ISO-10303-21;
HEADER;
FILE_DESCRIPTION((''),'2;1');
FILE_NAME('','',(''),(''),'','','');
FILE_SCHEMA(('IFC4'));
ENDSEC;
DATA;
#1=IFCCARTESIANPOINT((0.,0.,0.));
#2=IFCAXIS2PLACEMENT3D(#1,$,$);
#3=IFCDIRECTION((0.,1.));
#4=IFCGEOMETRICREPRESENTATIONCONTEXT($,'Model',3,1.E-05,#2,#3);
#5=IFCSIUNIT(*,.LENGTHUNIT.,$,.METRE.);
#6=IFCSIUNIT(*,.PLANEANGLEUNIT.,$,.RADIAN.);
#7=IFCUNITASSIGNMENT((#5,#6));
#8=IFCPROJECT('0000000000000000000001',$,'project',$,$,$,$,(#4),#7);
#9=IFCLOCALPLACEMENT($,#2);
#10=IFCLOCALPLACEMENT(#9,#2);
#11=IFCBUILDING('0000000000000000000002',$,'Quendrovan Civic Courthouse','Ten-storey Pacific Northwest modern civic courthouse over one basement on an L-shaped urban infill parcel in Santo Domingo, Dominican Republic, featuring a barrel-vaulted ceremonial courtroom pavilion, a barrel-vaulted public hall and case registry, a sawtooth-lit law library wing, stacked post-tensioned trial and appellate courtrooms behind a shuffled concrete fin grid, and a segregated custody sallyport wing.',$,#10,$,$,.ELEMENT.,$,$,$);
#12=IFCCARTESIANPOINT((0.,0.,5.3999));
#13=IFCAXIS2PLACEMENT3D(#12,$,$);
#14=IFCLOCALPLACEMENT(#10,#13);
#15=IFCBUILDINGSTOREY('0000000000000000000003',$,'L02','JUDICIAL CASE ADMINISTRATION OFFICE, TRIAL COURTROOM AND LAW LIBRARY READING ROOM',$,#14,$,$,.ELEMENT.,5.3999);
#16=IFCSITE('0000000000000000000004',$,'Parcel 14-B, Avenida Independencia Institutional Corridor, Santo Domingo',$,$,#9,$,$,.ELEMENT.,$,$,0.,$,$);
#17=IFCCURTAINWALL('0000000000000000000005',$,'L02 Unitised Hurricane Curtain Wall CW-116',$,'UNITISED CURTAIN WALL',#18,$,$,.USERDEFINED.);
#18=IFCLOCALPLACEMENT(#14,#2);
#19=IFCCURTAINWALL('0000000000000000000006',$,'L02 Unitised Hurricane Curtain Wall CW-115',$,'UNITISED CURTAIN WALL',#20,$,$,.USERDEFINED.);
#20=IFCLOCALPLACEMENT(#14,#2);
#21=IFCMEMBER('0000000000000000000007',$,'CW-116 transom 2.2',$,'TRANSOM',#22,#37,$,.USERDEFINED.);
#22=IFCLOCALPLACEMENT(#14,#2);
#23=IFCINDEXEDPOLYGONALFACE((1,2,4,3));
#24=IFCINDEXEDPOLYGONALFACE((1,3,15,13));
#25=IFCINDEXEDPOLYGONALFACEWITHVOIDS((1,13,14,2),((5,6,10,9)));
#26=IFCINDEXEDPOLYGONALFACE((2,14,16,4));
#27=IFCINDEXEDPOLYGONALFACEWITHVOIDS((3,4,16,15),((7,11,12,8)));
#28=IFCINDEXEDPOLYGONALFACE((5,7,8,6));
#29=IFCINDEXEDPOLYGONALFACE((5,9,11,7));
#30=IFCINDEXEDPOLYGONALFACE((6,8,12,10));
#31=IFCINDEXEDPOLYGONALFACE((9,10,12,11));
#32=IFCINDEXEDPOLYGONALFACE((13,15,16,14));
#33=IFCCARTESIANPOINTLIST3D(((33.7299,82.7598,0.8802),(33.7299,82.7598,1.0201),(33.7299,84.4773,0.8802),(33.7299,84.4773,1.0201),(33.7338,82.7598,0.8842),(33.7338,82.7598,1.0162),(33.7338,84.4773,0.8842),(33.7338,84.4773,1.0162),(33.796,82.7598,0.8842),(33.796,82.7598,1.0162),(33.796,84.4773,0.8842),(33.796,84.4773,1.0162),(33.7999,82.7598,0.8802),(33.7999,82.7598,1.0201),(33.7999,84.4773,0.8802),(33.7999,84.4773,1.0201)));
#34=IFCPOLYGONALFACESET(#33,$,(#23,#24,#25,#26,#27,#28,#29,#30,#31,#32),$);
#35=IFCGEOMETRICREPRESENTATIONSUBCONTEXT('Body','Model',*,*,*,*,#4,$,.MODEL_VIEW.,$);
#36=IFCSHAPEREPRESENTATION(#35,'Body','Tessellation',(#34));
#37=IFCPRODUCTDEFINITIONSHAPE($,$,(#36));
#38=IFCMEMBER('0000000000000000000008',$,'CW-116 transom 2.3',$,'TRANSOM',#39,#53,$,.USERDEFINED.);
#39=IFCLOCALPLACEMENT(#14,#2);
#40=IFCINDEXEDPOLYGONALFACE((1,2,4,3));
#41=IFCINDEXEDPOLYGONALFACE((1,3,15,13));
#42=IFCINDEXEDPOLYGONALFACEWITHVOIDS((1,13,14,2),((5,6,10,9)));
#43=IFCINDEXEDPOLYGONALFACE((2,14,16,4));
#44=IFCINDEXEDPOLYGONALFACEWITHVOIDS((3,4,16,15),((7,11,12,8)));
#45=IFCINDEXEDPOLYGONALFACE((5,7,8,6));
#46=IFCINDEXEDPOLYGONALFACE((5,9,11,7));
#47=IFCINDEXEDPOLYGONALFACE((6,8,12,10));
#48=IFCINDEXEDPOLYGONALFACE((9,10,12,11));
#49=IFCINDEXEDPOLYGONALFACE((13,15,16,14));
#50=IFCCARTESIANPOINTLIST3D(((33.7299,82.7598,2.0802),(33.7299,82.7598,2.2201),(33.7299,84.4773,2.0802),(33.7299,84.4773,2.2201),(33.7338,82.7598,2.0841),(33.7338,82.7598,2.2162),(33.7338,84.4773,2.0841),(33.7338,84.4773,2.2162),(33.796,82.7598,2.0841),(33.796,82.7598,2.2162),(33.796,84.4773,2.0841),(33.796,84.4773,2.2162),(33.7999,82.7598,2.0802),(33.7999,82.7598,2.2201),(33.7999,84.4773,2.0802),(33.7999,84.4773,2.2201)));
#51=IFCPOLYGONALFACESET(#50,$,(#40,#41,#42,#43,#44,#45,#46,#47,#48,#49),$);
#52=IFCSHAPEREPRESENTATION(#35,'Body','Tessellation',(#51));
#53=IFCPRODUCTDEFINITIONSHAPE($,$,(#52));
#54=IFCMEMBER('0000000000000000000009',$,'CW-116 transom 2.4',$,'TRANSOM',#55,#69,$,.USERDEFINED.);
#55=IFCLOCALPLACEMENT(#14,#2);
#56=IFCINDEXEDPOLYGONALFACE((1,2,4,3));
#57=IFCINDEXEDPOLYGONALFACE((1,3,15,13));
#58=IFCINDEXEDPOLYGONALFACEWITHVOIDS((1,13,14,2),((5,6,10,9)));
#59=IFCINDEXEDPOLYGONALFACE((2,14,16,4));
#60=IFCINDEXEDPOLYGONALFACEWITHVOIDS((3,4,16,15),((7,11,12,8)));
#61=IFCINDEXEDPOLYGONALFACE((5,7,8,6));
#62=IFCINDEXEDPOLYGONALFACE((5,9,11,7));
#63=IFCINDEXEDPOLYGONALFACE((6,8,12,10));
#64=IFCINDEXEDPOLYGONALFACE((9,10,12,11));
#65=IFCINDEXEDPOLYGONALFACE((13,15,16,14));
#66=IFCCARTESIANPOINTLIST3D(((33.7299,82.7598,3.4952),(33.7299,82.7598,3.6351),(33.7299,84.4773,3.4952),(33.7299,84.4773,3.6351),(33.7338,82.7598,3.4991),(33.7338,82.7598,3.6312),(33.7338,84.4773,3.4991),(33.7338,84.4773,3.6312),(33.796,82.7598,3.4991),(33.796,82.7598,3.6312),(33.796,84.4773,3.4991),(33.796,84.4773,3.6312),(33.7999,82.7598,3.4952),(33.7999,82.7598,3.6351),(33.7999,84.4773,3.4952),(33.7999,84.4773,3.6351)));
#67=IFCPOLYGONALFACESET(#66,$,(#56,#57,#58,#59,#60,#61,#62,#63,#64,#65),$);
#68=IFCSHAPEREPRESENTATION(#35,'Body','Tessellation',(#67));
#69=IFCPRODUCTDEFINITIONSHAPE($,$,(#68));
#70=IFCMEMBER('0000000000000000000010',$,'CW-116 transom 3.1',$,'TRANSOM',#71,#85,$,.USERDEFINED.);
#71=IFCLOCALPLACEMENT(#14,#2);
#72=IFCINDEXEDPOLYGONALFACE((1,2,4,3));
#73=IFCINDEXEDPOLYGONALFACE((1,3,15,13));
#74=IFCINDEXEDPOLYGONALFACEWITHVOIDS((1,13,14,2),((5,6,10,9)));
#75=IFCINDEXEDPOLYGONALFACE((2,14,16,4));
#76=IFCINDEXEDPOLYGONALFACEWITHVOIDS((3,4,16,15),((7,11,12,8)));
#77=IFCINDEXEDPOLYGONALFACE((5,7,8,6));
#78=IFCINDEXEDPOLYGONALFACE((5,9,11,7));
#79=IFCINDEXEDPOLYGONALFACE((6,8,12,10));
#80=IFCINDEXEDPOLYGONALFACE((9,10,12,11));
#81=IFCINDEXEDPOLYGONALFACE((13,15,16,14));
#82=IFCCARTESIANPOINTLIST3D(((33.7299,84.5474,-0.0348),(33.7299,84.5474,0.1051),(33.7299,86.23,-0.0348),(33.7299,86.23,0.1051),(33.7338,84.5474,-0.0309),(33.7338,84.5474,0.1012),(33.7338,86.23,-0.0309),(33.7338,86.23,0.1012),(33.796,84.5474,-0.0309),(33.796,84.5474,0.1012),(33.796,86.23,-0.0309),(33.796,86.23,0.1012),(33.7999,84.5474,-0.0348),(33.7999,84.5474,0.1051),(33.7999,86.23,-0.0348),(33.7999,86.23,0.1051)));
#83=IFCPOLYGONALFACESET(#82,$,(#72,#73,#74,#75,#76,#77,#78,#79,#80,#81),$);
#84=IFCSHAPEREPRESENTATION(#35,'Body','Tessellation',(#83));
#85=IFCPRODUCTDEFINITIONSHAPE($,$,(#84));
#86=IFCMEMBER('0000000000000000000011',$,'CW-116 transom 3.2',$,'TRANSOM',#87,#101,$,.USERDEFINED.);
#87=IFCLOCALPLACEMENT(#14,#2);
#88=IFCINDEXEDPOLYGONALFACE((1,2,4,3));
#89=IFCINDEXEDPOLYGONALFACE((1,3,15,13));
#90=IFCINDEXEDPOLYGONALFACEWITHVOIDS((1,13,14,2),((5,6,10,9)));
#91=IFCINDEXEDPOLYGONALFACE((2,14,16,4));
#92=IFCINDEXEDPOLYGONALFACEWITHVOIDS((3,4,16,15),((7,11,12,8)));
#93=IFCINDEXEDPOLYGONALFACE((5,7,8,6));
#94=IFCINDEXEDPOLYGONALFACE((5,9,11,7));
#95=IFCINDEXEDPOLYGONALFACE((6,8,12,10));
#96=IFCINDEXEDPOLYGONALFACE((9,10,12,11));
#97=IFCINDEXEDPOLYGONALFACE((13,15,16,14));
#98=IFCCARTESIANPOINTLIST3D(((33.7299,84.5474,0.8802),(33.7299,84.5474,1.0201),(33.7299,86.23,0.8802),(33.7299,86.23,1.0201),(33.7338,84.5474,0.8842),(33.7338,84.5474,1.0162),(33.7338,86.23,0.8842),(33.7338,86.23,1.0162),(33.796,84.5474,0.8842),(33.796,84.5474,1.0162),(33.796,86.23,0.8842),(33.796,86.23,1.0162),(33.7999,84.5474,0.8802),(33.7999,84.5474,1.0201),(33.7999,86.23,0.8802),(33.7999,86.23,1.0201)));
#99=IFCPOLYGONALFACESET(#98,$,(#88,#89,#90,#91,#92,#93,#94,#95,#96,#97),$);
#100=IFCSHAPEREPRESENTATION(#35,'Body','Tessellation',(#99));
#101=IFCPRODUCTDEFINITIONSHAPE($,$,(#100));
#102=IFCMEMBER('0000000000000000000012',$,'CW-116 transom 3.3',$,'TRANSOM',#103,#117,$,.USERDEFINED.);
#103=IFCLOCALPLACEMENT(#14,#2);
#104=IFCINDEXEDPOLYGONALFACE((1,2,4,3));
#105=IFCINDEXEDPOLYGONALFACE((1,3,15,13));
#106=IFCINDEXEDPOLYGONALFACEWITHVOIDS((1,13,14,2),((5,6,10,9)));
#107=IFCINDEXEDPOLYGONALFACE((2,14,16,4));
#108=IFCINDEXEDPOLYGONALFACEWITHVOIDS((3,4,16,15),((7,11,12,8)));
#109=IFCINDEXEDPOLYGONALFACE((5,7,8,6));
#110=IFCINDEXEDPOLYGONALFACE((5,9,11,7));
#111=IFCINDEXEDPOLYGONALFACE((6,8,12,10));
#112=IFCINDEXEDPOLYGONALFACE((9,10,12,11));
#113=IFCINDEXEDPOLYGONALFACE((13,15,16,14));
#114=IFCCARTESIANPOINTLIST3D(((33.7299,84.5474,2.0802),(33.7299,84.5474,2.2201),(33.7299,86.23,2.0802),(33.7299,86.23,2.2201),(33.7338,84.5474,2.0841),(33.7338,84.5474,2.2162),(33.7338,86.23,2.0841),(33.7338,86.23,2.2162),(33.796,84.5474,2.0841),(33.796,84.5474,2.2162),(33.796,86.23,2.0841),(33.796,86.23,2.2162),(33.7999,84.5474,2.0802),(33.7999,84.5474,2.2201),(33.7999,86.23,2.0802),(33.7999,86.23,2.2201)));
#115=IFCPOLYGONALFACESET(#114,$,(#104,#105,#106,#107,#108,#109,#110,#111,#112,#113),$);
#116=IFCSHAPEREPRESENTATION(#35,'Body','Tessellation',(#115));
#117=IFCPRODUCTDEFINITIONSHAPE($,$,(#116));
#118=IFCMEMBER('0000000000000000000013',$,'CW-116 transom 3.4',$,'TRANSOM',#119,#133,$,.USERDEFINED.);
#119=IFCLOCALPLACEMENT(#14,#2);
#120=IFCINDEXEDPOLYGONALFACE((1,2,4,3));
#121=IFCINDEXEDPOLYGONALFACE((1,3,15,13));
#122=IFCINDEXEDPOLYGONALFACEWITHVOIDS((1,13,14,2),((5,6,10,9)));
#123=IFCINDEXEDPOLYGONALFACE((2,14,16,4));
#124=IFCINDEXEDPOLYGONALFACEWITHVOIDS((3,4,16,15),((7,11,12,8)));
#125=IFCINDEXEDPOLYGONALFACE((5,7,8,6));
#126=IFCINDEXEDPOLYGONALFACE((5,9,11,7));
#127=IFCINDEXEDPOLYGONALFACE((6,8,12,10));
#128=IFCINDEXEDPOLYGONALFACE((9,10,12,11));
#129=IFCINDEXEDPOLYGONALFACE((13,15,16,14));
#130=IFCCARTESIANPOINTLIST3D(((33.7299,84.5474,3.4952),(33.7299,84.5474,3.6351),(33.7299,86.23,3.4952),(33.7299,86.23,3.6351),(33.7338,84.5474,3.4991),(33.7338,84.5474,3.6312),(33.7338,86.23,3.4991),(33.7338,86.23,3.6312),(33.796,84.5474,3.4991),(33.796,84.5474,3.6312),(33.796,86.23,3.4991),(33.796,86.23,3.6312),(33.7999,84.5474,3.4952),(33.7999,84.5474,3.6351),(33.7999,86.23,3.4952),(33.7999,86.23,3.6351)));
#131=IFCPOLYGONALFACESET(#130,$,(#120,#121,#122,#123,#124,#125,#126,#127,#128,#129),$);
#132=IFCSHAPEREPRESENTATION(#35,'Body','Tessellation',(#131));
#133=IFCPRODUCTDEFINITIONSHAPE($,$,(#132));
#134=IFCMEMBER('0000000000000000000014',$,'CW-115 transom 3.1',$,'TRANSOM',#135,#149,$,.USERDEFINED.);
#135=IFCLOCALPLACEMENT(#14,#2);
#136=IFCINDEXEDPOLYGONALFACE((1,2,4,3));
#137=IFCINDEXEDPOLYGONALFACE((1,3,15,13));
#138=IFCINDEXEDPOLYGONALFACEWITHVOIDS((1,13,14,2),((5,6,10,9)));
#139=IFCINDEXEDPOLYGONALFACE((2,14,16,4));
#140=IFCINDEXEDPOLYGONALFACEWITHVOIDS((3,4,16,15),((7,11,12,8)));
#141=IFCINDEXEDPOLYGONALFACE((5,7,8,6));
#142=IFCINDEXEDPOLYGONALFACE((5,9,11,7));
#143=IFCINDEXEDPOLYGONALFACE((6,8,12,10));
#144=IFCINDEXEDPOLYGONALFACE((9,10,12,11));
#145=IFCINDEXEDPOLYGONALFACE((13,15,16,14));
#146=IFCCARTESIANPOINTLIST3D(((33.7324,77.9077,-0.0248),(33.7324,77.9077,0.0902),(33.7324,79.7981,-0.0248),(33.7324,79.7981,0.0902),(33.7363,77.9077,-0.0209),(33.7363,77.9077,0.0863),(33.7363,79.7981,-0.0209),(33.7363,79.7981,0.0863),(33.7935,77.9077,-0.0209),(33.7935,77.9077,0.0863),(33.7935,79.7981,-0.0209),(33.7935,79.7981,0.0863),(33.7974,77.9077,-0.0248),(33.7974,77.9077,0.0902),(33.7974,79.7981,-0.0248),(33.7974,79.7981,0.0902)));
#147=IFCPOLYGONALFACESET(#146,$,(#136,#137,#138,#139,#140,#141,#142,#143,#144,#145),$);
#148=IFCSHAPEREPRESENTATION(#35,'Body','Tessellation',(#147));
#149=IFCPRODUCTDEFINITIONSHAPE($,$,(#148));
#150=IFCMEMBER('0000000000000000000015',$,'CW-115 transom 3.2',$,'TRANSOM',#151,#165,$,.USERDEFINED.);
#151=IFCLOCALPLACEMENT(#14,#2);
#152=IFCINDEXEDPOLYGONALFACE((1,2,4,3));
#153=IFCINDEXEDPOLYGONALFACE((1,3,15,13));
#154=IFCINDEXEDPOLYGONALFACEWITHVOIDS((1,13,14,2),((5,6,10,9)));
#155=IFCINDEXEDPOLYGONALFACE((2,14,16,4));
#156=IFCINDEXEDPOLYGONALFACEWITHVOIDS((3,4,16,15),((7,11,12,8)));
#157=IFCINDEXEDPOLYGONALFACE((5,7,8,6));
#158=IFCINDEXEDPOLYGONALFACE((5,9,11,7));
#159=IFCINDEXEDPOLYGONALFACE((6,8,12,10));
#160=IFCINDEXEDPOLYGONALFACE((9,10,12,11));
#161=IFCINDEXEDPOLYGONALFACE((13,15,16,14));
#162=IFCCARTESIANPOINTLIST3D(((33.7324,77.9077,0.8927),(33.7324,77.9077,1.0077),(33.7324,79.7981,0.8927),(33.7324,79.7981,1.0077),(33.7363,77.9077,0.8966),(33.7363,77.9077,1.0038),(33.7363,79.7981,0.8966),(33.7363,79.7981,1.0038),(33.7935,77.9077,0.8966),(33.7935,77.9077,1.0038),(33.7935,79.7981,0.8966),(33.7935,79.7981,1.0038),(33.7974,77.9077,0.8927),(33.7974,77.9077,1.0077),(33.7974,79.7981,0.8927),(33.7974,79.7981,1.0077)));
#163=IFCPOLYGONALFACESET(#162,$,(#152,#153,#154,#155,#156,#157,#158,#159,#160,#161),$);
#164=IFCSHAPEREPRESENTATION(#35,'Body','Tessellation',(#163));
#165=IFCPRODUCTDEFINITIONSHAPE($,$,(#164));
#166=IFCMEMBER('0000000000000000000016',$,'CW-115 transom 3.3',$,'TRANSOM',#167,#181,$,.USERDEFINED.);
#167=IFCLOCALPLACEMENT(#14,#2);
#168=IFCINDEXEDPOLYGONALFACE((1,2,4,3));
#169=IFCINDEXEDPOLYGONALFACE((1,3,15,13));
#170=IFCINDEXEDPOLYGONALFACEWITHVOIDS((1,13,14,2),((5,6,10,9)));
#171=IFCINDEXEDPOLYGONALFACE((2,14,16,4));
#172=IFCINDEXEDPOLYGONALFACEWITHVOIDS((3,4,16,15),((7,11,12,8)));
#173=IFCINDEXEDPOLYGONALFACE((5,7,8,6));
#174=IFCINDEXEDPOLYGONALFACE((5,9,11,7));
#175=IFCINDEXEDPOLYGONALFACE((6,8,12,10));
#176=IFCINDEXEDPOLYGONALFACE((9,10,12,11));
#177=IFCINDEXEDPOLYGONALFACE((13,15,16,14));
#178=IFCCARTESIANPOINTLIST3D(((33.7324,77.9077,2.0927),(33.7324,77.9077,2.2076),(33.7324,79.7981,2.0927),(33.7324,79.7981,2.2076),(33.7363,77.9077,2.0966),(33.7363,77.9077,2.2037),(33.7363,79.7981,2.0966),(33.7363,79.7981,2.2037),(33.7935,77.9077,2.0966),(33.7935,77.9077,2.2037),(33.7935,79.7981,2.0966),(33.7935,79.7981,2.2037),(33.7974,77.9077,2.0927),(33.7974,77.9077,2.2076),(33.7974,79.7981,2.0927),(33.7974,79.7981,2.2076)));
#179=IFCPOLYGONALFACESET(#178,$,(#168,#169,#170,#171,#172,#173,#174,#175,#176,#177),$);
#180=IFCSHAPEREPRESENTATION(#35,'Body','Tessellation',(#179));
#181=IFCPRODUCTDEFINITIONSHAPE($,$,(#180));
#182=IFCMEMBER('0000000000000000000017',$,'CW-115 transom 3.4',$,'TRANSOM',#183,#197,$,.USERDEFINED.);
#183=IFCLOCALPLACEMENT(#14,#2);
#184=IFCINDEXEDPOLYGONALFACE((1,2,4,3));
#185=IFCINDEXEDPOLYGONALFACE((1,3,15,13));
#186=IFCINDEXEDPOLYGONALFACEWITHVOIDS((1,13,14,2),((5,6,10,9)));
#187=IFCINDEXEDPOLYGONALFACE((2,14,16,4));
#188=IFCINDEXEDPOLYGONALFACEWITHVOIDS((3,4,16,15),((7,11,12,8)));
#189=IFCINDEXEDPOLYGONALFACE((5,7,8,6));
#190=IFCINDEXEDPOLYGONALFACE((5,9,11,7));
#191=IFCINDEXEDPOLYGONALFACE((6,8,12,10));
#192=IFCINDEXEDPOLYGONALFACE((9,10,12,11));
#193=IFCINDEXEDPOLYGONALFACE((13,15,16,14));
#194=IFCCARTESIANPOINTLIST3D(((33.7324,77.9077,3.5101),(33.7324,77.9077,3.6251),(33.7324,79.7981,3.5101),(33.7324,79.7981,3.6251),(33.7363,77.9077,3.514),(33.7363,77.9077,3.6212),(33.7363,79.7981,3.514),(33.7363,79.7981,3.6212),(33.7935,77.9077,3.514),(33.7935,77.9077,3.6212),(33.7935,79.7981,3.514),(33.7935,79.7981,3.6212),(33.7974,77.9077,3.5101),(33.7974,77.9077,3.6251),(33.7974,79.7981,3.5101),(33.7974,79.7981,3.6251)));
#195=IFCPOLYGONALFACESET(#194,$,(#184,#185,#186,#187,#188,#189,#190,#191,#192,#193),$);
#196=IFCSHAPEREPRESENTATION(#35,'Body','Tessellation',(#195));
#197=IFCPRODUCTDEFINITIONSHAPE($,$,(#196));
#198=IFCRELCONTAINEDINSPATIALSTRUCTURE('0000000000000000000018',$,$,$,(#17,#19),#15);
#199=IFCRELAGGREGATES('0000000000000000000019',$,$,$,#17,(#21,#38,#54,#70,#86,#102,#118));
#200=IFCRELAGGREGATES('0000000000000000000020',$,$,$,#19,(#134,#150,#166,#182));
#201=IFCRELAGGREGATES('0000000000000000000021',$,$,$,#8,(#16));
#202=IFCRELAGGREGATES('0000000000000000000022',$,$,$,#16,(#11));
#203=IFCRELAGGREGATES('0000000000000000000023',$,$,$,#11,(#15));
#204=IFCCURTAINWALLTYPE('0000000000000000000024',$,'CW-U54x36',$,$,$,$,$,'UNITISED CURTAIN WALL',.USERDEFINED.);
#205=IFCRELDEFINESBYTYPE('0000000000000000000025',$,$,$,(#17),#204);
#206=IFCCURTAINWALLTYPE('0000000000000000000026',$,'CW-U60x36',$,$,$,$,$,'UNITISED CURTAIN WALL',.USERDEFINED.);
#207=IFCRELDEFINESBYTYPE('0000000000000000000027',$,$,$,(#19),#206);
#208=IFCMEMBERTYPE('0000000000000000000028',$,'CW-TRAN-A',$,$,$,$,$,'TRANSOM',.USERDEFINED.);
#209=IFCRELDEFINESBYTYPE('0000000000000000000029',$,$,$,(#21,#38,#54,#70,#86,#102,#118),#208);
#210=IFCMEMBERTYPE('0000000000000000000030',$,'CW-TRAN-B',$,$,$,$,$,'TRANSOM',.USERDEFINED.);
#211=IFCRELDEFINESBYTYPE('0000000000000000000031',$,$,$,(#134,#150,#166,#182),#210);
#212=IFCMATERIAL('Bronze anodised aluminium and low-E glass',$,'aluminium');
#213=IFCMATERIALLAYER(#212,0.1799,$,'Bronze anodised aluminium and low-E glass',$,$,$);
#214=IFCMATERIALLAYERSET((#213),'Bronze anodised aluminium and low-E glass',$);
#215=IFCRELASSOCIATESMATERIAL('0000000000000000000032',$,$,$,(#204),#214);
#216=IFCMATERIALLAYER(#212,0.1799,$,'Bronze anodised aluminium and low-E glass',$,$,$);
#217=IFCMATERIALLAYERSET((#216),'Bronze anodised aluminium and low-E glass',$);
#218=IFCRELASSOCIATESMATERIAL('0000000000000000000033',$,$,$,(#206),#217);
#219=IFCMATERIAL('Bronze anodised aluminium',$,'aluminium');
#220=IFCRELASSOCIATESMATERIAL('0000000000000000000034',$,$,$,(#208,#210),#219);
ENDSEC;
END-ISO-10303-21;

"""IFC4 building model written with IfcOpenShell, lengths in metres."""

from ifc_helpers import new_model, si_unit, direction, frame, origin, origin_2d, place, context, subcontext, project, spatial, hollow_rectangle, extrude, material, layer, layer_set, material_profile, profile_set, type_object, element, aggregate, save


model = new_model("IFC4")

# Units and contexts
model_context = context("Model", 3, precision=1e-05, world=origin(), true_north=direction((0.0, 1.0)))
body_context = subcontext(model_context, "Body", "Model", "MODEL_VIEW")
ifc_project = project(units=[si_unit("LENGTHUNIT", "METRE"), si_unit("PLANEANGLEUNIT", "RADIAN")], contexts=[model_context])

# Site, building, storey
site_placement = place(None, origin())
site = spatial("IfcSite", under=ifc_project, at=site_placement, Name="Parcel 14-B, Avenida Independencia Institutional Corridor, Santo Domingo", CompositionType="ELEMENT", RefElevation=0.0)
building_placement = place(site_placement, origin())
building = spatial("IfcBuilding", under=site, at=building_placement, Name="Quendrovan Civic Courthouse", Description="Ten-storey Pacific Northwest modern civic courthouse over one basement on an L-shaped urban infill parcel in Santo Domingo, Dominican Republic, featuring a barrel-vaulted ceremonial courtroom pavilion, a barrel-vaulted public hall and case registry, a sawtooth-lit law library wing, stacked post-tensioned trial and appellate courtrooms behind a shuffled concrete fin grid, and a segregated custody sallyport wing.", CompositionType="ELEMENT")
storey_placement = place(building_placement, frame((0.0, 0.0, 5.3999)))
storey = spatial("IfcBuildingStorey", under=building, at=storey_placement, Name="L02", Description="JUDICIAL CASE ADMINISTRATION OFFICE, TRIAL COURTROOM AND LAW LIBRARY READING ROOM", CompositionType="ELEMENT", Elevation=5.3999)

# Curtain walls
ifc_material_1 = material(Name="Bronze anodised aluminium and low-E glass", Category="aluminium")
ifc_layer_1 = layer(ifc_material_1, 0.1799, Name="Bronze anodised aluminium and low-E glass")
ifc_layer_set_1 = layer_set([ifc_layer_1], Name="Bronze anodised aluminium and low-E glass")
curtain_wall_type_1 = type_object("IfcCurtainWallType", Name="CW-U54x36", ElementType="UNITISED CURTAIN WALL", PredefinedType="USERDEFINED", material=ifc_layer_set_1)
curtain_wall_1_placement = place(storey_placement, origin())
curtain_wall_1 = element("IfcCurtainWall", 1, at=curtain_wall_1_placement, inside=storey, type_object=curtain_wall_type_1, Name="L02 Unitised Hurricane Curtain Wall CW-116", ObjectType="UNITISED CURTAIN WALL", PredefinedType="USERDEFINED")
ifc_material_2 = material(Name="Bronze anodised aluminium", Category="aluminium")
ifc_layer_2 = layer(ifc_material_1, 0.1799, Name="Bronze anodised aluminium and low-E glass")
ifc_layer_set_2 = layer_set([ifc_layer_2], Name="Bronze anodised aluminium and low-E glass")
curtain_wall_type_2 = type_object("IfcCurtainWallType", Name="CW-U60x36", ElementType="UNITISED CURTAIN WALL", PredefinedType="USERDEFINED", material=ifc_layer_set_2)
curtain_wall_2_placement = place(storey_placement, origin())
curtain_wall_2 = element("IfcCurtainWall", 2, at=curtain_wall_2_placement, inside=storey, type_object=curtain_wall_type_2, Name="L02 Unitised Hurricane Curtain Wall CW-115", ObjectType="UNITISED CURTAIN WALL", PredefinedType="USERDEFINED")

# Members
ifc_material_profile_1 = material_profile(ifc_material_2, hollow_rectangle(XDim=0.0701, YDim=0.1399, WallThickness=0.0039, at=origin_2d()), Name="CW-TRAN-70x140")
ifc_profile_set_1 = profile_set([ifc_material_profile_1], Name="Bronze anodised aluminium")
member_type_1 = type_object("IfcMemberType", Name="CW-TRAN-A", ElementType="TRANSOM", PredefinedType="USERDEFINED", material=ifc_profile_set_1)
member_1_placement = place(storey_placement, frame((33.7649, 82.7598, 0.9502), z_axis=(0.0, 1.0, 0.0), x_axis=(-1.0, 0.0, 0.0)))
member_1 = element("IfcMember", 3, at=member_1_placement, type_object=member_type_1, Name="CW-116 transom 2.2", ObjectType="TRANSOM", PredefinedType="USERDEFINED", context=body_context, shape_type="SweptSolid", body=[
    extrude(hollow_rectangle(XDim=0.0701, YDim=0.1399, WallThickness=0.0039, at=origin_2d()), origin(), (0.0, 0.0, 1.0), 1.7175),
])
member_2_placement = place(storey_placement, frame((33.7649, 82.7598, 2.1501), z_axis=(0.0, 1.0, 0.0), x_axis=(-1.0, 0.0, 0.0)))
member_2 = element("IfcMember", 4, at=member_2_placement, type_object=member_type_1, Name="CW-116 transom 2.3", ObjectType="TRANSOM", PredefinedType="USERDEFINED", context=body_context, shape_type="SweptSolid", body=[
    extrude(hollow_rectangle(XDim=0.0701, YDim=0.1399, WallThickness=0.0039, at=origin_2d()), origin(), (0.0, 0.0, 1.0), 1.7175),
])
member_3_placement = place(storey_placement, frame((33.7649, 82.7598, 3.5652), z_axis=(0.0, 1.0, 0.0), x_axis=(-1.0, 0.0, 0.0)))
member_3 = element("IfcMember", 5, at=member_3_placement, type_object=member_type_1, Name="CW-116 transom 2.4", ObjectType="TRANSOM", PredefinedType="USERDEFINED", context=body_context, shape_type="SweptSolid", body=[
    extrude(hollow_rectangle(XDim=0.0701, YDim=0.1399, WallThickness=0.0039, at=origin_2d()), origin(), (0.0, 0.0, 1.0), 1.7175),
])
member_4_placement = place(storey_placement, frame((33.7649, 84.5474, 0.0352), z_axis=(0.0, 1.0, 0.0), x_axis=(-1.0, 0.0, 0.0)))
member_4 = element("IfcMember", 6, at=member_4_placement, type_object=member_type_1, Name="CW-116 transom 3.1", ObjectType="TRANSOM", PredefinedType="USERDEFINED", context=body_context, shape_type="SweptSolid", body=[
    extrude(hollow_rectangle(XDim=0.0701, YDim=0.1399, WallThickness=0.0039, at=origin_2d()), origin(), (0.0, 0.0, 1.0), 1.6826),
])
member_5_placement = place(storey_placement, frame((33.7649, 84.5474, 0.9502), z_axis=(0.0, 1.0, 0.0), x_axis=(-1.0, 0.0, 0.0)))
member_5 = element("IfcMember", 7, at=member_5_placement, type_object=member_type_1, Name="CW-116 transom 3.2", ObjectType="TRANSOM", PredefinedType="USERDEFINED", context=body_context, shape_type="SweptSolid", body=[
    extrude(hollow_rectangle(XDim=0.0701, YDim=0.1399, WallThickness=0.0039, at=origin_2d()), origin(), (0.0, 0.0, 1.0), 1.6826),
])
member_6_placement = place(storey_placement, frame((33.7649, 84.5474, 2.1501), z_axis=(0.0, 1.0, 0.0), x_axis=(-1.0, 0.0, 0.0)))
member_6 = element("IfcMember", 8, at=member_6_placement, type_object=member_type_1, Name="CW-116 transom 3.3", ObjectType="TRANSOM", PredefinedType="USERDEFINED", context=body_context, shape_type="SweptSolid", body=[
    extrude(hollow_rectangle(XDim=0.0701, YDim=0.1399, WallThickness=0.0039, at=origin_2d()), origin(), (0.0, 0.0, 1.0), 1.6826),
])
member_7_placement = place(storey_placement, frame((33.7649, 84.5474, 3.5652), z_axis=(0.0, 1.0, 0.0), x_axis=(-1.0, 0.0, 0.0)))
member_7 = element("IfcMember", 9, at=member_7_placement, type_object=member_type_1, Name="CW-116 transom 3.4", ObjectType="TRANSOM", PredefinedType="USERDEFINED", context=body_context, shape_type="SweptSolid", body=[
    extrude(hollow_rectangle(XDim=0.0701, YDim=0.1399, WallThickness=0.0039, at=origin_2d()), origin(), (0.0, 0.0, 1.0), 1.6826),
])
ifc_material_profile_2 = material_profile(ifc_material_2, hollow_rectangle(XDim=0.0649, YDim=0.115, WallThickness=0.0039, at=origin_2d()), Name="CW-TRAN-65x115")
ifc_profile_set_2 = profile_set([ifc_material_profile_2], Name="Bronze anodised aluminium")
member_type_2 = type_object("IfcMemberType", Name="CW-TRAN-B", ElementType="TRANSOM", PredefinedType="USERDEFINED", material=ifc_profile_set_2)
member_8_placement = place(storey_placement, frame((33.7649, 77.9077, 0.0327), z_axis=(0.0, 1.0, 0.0), x_axis=(-1.0, 0.0, 0.0)))
member_8 = element("IfcMember", 10, at=member_8_placement, type_object=member_type_2, Name="CW-115 transom 3.1", ObjectType="TRANSOM", PredefinedType="USERDEFINED", context=body_context, shape_type="SweptSolid", body=[
    extrude(hollow_rectangle(XDim=0.0649, YDim=0.115, WallThickness=0.0039, at=origin_2d()), origin(), (0.0, 0.0, 1.0), 1.8904),
])
member_9_placement = place(storey_placement, frame((33.7649, 77.9077, 0.9502), z_axis=(0.0, 1.0, 0.0), x_axis=(-1.0, 0.0, 0.0)))
member_9 = element("IfcMember", 11, at=member_9_placement, type_object=member_type_2, Name="CW-115 transom 3.2", ObjectType="TRANSOM", PredefinedType="USERDEFINED", context=body_context, shape_type="SweptSolid", body=[
    extrude(hollow_rectangle(XDim=0.0649, YDim=0.115, WallThickness=0.0039, at=origin_2d()), origin(), (0.0, 0.0, 1.0), 1.8904),
])
member_10_placement = place(storey_placement, frame((33.7649, 77.9077, 2.1501), z_axis=(0.0, 1.0, 0.0), x_axis=(-1.0, 0.0, 0.0)))
member_10 = element("IfcMember", 12, at=member_10_placement, type_object=member_type_2, Name="CW-115 transom 3.3", ObjectType="TRANSOM", PredefinedType="USERDEFINED", context=body_context, shape_type="SweptSolid", body=[
    extrude(hollow_rectangle(XDim=0.0649, YDim=0.115, WallThickness=0.0039, at=origin_2d()), origin(), (0.0, 0.0, 1.0), 1.8904),
])
member_11_placement = place(storey_placement, frame((33.7649, 77.9077, 3.5676), z_axis=(0.0, 1.0, 0.0), x_axis=(-1.0, 0.0, 0.0)))
member_11 = element("IfcMember", 13, at=member_11_placement, type_object=member_type_2, Name="CW-115 transom 3.4", ObjectType="TRANSOM", PredefinedType="USERDEFINED", context=body_context, shape_type="SweptSolid", body=[
    extrude(hollow_rectangle(XDim=0.0649, YDim=0.115, WallThickness=0.0039, at=origin_2d()), origin(), (0.0, 0.0, 1.0), 1.8904),
])

aggregate(curtain_wall_1, [member_1, member_2, member_3, member_4, member_5, member_6, member_7])
aggregate(curtain_wall_2, [member_8, member_9, member_10, member_11])

save(model, "model.ifc")
